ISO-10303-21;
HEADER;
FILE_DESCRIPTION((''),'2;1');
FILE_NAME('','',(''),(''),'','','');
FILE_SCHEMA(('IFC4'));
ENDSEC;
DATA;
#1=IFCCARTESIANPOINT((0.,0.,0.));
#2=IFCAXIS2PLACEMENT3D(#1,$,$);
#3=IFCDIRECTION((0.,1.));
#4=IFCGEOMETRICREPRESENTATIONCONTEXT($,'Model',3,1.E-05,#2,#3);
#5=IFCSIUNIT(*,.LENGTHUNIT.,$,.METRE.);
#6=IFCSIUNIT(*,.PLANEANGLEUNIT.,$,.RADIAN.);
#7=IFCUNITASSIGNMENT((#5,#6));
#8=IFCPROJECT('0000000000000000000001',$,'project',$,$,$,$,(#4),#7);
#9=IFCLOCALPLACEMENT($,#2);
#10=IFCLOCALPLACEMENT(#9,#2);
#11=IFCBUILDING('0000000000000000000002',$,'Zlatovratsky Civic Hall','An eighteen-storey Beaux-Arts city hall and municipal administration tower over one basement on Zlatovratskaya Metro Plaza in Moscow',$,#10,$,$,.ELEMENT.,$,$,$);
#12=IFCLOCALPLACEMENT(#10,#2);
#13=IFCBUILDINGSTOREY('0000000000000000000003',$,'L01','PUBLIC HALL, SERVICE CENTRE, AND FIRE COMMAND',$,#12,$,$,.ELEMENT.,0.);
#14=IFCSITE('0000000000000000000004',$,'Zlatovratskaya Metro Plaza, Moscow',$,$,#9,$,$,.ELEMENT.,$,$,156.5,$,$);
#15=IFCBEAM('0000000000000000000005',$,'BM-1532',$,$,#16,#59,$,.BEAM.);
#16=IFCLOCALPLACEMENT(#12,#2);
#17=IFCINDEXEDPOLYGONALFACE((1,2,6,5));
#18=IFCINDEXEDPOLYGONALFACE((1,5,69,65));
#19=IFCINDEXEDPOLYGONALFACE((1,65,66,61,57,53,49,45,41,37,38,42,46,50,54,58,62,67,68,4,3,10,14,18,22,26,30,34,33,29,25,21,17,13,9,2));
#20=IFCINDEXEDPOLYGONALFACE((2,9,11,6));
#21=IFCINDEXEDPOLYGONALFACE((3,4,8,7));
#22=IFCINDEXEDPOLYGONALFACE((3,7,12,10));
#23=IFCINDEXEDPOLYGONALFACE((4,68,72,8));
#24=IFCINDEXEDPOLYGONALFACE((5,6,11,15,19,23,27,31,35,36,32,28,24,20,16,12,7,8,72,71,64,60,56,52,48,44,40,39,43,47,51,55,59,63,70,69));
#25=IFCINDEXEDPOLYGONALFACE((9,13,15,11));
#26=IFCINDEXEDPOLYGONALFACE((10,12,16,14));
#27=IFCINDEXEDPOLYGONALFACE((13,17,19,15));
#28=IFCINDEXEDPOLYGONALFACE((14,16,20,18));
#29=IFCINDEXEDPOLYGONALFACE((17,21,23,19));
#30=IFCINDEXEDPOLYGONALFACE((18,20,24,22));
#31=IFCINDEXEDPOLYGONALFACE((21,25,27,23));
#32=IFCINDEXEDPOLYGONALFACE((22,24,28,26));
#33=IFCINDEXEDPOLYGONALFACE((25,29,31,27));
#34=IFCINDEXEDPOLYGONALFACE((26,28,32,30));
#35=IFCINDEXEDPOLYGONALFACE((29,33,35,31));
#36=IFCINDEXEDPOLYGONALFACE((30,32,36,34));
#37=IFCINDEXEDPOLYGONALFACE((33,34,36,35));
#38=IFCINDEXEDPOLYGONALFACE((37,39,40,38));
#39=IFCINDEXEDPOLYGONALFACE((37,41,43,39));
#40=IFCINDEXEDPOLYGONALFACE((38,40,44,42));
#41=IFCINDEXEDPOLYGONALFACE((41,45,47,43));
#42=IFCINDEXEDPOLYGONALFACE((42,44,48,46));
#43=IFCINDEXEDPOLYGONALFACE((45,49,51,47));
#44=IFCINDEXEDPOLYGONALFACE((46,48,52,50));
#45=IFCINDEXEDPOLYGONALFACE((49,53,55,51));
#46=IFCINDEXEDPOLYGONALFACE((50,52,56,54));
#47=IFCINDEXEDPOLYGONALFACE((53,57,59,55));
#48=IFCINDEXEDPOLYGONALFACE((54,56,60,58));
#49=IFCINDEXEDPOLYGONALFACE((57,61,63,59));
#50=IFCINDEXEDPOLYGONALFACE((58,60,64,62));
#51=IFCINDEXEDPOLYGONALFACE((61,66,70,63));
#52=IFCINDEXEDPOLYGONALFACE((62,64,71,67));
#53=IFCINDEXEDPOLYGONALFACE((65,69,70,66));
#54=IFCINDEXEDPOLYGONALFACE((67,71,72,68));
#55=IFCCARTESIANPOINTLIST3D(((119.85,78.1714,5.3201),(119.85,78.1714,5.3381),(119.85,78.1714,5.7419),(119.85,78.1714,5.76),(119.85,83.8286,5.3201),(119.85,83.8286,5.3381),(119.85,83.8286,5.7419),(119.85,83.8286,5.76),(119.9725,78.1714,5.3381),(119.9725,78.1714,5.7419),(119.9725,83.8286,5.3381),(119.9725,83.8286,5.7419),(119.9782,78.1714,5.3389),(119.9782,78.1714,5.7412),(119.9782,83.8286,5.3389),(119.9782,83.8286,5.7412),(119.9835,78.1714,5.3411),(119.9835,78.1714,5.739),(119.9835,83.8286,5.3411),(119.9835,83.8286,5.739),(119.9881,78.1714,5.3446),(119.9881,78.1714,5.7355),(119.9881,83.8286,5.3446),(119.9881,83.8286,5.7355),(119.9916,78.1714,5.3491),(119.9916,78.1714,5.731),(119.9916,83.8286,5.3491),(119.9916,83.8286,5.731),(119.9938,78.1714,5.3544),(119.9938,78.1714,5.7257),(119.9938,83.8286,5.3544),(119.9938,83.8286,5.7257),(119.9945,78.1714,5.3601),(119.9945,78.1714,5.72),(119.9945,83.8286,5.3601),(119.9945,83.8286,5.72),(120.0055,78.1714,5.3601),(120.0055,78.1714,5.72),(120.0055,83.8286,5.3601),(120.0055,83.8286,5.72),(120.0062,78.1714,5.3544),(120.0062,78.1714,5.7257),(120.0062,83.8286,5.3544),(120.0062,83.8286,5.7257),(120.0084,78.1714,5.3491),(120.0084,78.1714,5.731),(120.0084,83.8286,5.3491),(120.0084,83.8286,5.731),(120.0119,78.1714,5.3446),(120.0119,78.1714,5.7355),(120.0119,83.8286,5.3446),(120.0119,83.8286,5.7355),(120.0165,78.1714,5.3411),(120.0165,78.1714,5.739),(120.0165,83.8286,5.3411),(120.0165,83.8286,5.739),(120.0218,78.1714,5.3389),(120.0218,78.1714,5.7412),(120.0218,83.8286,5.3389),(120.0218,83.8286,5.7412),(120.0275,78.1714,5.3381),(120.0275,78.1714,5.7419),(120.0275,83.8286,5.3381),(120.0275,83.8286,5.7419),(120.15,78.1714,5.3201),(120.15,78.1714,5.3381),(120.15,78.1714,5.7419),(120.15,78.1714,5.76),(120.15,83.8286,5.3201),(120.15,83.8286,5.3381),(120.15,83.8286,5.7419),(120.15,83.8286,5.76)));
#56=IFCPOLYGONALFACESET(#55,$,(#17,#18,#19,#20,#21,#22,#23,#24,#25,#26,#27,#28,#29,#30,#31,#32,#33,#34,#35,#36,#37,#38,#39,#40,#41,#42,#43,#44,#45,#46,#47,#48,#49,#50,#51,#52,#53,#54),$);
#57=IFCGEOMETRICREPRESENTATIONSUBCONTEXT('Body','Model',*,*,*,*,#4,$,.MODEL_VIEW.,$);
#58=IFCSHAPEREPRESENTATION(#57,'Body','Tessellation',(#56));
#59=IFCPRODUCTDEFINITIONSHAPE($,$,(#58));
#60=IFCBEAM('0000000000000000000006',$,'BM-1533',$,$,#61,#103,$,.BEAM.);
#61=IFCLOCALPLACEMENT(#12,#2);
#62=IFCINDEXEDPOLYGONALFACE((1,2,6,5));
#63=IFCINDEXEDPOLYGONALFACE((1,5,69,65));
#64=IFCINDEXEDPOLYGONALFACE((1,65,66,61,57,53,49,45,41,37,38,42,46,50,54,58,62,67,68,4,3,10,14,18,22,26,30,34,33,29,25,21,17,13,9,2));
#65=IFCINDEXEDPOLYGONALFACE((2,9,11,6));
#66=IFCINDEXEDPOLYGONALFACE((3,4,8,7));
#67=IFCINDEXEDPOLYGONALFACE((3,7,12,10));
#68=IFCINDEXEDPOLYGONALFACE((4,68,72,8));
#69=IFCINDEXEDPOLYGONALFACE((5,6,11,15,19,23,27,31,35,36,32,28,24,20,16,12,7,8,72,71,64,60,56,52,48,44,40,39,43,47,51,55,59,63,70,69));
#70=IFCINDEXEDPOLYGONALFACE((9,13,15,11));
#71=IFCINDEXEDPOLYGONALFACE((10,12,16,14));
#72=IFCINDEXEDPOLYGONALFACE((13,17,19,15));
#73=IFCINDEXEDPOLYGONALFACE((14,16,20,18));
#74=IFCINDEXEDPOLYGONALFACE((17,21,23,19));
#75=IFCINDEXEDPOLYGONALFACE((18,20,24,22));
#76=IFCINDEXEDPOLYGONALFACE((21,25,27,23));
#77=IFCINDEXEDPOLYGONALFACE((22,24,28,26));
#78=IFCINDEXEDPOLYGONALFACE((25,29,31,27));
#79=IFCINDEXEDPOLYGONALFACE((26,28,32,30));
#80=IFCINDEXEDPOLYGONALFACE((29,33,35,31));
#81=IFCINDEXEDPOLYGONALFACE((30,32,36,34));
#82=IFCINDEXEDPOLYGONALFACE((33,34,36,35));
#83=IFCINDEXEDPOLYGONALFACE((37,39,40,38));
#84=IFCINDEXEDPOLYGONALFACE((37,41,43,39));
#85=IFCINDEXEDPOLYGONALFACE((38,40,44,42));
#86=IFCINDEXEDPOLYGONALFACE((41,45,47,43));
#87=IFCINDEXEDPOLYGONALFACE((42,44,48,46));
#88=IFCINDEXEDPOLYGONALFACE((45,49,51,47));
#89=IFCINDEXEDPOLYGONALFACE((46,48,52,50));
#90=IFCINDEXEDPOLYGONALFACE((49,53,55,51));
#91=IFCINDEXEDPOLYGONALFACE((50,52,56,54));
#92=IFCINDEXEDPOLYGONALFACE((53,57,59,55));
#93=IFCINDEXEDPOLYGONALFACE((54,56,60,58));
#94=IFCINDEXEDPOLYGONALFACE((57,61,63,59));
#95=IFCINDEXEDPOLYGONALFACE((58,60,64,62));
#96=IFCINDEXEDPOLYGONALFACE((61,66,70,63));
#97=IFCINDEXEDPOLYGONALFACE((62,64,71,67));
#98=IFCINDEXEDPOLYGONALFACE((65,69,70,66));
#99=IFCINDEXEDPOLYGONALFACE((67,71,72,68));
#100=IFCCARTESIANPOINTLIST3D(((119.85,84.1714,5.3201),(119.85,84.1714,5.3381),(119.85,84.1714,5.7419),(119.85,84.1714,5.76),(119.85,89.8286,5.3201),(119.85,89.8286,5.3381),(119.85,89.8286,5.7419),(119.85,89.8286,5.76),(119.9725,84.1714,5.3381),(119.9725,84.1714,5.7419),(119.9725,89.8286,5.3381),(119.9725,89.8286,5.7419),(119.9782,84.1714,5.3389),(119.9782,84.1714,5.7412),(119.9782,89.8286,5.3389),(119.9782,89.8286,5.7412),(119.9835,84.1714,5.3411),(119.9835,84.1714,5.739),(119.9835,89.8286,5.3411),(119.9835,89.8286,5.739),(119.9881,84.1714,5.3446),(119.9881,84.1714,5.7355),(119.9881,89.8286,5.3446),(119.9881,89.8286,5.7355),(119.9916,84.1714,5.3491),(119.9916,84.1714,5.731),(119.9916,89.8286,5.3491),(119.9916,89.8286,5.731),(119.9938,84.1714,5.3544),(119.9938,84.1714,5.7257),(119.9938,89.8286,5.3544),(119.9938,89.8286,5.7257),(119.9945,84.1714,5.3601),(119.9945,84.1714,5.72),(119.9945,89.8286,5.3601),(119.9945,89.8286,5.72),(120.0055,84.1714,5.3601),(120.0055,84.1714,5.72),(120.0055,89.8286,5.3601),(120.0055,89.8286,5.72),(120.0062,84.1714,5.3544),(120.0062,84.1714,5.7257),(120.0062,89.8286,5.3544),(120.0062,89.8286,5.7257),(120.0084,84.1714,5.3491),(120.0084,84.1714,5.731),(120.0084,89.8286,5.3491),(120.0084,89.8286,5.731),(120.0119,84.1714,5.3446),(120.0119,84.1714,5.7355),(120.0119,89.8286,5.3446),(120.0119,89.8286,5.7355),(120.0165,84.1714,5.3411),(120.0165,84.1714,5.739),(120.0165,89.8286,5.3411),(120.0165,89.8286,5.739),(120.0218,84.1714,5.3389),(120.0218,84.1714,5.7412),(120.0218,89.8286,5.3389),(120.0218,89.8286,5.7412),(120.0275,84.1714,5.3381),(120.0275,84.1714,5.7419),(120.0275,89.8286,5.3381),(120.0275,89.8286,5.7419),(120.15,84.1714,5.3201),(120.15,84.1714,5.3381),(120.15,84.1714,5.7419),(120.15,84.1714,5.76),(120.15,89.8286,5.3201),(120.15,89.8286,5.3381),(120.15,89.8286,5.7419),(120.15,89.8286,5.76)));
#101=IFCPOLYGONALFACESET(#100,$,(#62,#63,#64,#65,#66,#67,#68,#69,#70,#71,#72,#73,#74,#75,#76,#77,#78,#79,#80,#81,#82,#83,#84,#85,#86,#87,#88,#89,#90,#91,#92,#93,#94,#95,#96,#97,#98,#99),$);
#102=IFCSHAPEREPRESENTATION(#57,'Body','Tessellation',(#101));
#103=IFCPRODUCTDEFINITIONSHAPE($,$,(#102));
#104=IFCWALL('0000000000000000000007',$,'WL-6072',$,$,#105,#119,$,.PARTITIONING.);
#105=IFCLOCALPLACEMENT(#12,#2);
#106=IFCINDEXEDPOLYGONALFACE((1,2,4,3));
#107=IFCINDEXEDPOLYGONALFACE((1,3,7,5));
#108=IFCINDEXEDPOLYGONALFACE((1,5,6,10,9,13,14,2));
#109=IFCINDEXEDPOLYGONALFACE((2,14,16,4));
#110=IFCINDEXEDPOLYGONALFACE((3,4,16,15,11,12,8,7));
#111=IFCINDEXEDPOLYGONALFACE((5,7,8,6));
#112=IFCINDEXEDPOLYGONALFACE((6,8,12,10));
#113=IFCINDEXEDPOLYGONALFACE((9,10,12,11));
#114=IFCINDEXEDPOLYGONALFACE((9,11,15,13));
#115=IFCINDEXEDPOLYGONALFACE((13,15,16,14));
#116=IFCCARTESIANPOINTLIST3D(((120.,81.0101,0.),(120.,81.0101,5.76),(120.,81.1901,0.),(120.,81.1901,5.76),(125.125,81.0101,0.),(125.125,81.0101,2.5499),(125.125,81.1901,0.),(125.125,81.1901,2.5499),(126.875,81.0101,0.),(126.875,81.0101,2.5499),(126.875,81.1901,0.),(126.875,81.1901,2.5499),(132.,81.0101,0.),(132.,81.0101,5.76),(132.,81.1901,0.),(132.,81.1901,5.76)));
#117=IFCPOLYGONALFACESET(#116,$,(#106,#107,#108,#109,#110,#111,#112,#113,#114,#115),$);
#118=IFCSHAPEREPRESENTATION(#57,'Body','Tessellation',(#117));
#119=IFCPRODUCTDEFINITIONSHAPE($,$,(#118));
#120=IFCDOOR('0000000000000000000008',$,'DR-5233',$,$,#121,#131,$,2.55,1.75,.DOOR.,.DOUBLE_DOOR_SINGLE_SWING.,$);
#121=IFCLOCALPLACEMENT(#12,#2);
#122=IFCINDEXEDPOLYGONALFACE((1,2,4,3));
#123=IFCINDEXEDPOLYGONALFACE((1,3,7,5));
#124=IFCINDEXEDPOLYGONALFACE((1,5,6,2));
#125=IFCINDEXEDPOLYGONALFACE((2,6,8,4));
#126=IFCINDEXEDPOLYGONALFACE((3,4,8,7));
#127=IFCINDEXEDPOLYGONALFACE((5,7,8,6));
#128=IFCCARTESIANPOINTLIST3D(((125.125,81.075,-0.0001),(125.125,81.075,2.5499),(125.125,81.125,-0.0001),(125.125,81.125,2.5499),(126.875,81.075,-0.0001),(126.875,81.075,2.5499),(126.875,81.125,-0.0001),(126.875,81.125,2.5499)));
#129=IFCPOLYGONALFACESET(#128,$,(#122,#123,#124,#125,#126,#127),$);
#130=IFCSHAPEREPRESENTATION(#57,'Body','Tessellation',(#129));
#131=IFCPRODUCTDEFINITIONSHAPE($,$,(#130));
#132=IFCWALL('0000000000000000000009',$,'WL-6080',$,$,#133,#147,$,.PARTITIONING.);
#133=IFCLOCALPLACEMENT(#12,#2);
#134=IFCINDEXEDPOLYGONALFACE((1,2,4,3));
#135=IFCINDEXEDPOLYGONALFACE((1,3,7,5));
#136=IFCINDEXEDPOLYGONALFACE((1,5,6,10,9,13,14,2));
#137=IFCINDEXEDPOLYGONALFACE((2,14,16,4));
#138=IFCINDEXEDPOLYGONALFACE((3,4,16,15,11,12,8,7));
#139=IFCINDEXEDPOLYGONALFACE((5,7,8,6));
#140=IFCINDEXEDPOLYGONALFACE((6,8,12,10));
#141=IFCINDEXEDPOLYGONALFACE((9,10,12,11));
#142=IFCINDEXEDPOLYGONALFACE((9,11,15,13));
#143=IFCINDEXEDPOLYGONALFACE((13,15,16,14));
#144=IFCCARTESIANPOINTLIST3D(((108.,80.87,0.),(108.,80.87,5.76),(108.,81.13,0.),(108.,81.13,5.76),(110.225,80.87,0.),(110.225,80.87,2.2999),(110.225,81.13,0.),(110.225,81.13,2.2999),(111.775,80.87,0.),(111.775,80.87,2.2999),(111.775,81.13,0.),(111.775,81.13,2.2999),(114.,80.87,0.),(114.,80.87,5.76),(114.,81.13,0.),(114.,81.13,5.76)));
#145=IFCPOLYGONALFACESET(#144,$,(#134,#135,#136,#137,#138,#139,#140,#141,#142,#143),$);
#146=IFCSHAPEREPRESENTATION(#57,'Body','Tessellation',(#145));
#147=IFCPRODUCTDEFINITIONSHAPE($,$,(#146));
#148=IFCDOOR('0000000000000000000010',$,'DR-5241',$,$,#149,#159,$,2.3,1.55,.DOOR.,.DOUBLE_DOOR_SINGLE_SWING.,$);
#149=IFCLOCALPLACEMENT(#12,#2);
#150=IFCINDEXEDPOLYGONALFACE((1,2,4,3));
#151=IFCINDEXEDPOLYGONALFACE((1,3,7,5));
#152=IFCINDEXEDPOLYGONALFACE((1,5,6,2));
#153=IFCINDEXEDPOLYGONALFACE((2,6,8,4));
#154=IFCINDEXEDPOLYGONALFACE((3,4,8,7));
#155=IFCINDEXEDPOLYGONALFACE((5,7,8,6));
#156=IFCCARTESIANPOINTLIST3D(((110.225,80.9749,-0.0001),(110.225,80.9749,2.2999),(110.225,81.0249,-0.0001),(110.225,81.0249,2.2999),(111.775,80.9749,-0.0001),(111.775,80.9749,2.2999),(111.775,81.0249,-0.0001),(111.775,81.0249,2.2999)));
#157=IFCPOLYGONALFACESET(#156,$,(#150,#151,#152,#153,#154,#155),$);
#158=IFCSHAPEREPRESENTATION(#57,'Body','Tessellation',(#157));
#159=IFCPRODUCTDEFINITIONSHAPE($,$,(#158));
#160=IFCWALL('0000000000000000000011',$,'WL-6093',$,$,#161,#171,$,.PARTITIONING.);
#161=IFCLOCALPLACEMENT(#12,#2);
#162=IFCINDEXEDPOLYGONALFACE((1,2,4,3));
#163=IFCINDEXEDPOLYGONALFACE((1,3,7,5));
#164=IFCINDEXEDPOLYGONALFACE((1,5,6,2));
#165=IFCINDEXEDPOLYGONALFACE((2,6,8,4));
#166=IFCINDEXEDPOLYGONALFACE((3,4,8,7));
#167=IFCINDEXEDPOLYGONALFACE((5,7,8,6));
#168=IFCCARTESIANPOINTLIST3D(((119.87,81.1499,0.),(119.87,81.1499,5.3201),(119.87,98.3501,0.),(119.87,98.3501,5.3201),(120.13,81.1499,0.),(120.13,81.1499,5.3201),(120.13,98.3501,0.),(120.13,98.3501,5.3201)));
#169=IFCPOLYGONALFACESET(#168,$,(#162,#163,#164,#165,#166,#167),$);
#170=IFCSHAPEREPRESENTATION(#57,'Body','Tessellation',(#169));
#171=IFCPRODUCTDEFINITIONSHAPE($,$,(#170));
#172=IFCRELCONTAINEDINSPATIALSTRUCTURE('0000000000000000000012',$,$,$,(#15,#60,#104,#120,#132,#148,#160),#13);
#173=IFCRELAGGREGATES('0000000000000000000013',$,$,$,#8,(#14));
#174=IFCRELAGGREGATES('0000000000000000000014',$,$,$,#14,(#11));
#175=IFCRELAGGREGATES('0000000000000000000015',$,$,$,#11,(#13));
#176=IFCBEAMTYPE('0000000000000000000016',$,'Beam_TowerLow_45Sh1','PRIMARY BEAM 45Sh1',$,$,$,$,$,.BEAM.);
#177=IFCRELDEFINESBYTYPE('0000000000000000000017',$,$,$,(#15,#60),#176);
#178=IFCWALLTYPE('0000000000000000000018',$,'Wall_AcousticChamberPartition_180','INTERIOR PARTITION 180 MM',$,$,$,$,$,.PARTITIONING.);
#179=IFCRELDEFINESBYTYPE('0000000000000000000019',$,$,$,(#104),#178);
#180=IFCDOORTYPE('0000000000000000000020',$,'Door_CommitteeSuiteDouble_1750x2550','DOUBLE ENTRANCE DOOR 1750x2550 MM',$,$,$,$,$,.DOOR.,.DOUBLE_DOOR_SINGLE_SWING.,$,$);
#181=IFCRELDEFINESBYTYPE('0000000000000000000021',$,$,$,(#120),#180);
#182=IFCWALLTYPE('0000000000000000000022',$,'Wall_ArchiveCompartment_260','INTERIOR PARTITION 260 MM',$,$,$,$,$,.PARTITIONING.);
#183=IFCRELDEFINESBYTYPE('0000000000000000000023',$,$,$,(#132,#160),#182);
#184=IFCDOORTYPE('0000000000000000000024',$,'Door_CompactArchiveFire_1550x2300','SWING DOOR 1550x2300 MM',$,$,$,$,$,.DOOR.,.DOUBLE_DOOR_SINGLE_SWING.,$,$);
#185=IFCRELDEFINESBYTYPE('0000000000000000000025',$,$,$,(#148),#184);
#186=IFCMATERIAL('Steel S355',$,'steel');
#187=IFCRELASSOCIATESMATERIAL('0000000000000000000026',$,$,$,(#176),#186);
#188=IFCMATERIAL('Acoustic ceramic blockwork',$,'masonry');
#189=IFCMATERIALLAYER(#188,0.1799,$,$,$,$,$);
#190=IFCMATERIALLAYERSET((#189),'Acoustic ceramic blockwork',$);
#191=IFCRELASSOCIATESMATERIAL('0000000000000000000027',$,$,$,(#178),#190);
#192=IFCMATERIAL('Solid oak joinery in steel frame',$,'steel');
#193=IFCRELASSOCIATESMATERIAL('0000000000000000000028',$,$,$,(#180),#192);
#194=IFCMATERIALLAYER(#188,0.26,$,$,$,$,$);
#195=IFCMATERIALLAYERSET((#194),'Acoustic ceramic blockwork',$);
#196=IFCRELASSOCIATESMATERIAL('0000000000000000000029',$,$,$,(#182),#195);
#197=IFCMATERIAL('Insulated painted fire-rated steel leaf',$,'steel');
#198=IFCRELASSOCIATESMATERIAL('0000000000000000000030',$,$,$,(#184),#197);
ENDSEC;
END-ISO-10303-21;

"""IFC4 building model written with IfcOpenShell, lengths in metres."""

from ifc_helpers import new_model, si_unit, direction, frame, frame_2d, origin, origin_2d, place, context, subcontext, project, spatial, rectangle, i_section, extrude, material, layer, layer_set, material_profile, profile_set, type_object, element, fill, save


model = new_model("IFC4")

# Units and contexts
model_context = context("Model", 3, precision=1e-05, world=origin(), true_north=direction((0.0, 1.0)))
body_context = subcontext(model_context, "Body", "Model", "MODEL_VIEW")
ifc_project = project(units=[si_unit("LENGTHUNIT", "METRE"), si_unit("PLANEANGLEUNIT", "RADIAN")], contexts=[model_context])

# Site, building, storey
site_placement = place(None, origin())
site = spatial("IfcSite", under=ifc_project, at=site_placement, Name="Zlatovratskaya Metro Plaza, Moscow", CompositionType="ELEMENT", RefElevation=156.5)
building_placement = place(site_placement, origin())
building = spatial("IfcBuilding", under=site, at=building_placement, Name="Zlatovratsky Civic Hall", Description="An eighteen-storey Beaux-Arts city hall and municipal administration tower over one basement on Zlatovratskaya Metro Plaza in Moscow", CompositionType="ELEMENT")
storey_placement = place(building_placement, origin())
storey = spatial("IfcBuildingStorey", under=building, at=storey_placement, Name="L01", Description="PUBLIC HALL, SERVICE CENTRE, AND FIRE COMMAND", CompositionType="ELEMENT", Elevation=0.0)

# Shared definitions
ifc_material_1 = material(Name="Steel S355", Category="steel")

# Beams
ifc_material_profile_1 = material_profile(ifc_material_1, i_section(OverallWidth=0.3, OverallDepth=0.4399, WebThickness=0.011, FlangeThickness=0.0181, FilletRadius=0.022, at=origin_2d()), Name="45Sh1")
ifc_profile_set_1 = profile_set([ifc_material_profile_1], Name="Steel S355")
beam_type = type_object("IfcBeamType", Name="Beam_TowerLow_45Sh1", Description="PRIMARY BEAM 45Sh1", PredefinedType="BEAM", material=ifc_profile_set_1)
for number, where, z_axis, x_axis, name in (
    (1, (120.0, 78.1714, 5.54), (0.0, 1.0, 0.0), (-1.0, 0.0, 0.0), "BM-1532"),
    (2, (120.0, 84.1714, 5.54), (0.0, 1.0, 0.0), (-1.0, 0.0, 0.0), "BM-1533"),
):
    element("IfcBeam", number, at=place(storey_placement, frame(where, z_axis=z_axis, x_axis=x_axis)), inside=storey, type_object=beam_type, Name=name, PredefinedType="BEAM", context=body_context, shape_type="SweptSolid", body=[
        extrude(i_section(OverallWidth=0.3, OverallDepth=0.4399, WebThickness=0.011, FlangeThickness=0.0181, FilletRadius=0.022, at=origin_2d()), origin(), (0.0, 0.0, 1.0), 5.6572),
    ])

# Walls, openings, doors
ifc_material_2 = material(Name="Acoustic ceramic blockwork", Category="masonry")
ifc_layer_1 = layer(ifc_material_2, 0.1799)
ifc_layer_set_1 = layer_set([ifc_layer_1], Name="Acoustic ceramic blockwork")
wall_type_1 = type_object("IfcWallType", Name="Wall_AcousticChamberPartition_180", Description="INTERIOR PARTITION 180 MM", PredefinedType="PARTITIONING", material=ifc_layer_set_1)
wall_1_placement = place(storey_placement, frame((120.0, 81.1001, 0.0), z_axis=(0.0, 0.0, 1.0), x_axis=(1.0, 0.0, 0.0)))
wall_1 = element("IfcWall", 3, at=wall_1_placement, inside=storey, type_object=wall_type_1, Name="WL-6072", PredefinedType="PARTITIONING", context=body_context, shape_type="SweptSolid", body=[
    extrude(rectangle(XDim=12.0, YDim=0.1799, at=frame_2d((6.0, 0.0))), origin(), (0.0, 0.0, 1.0), 5.76),
])
opening_1_placement = place(wall_1_placement, frame((5.125, 0.0, 0.0)))
opening_1 = element("IfcOpeningElement", 4, at=opening_1_placement, cuts=wall_1, PredefinedType="OPENING", context=body_context, shape_type="SweptSolid", body=[
    extrude(rectangle(XDim=1.75, YDim=2.55, at=frame_2d((0.875, 1.2749))), frame((0.0, 0.105, 0.0), z_axis=(0.0, -1.0, 0.0), x_axis=(1.0, 0.0, 0.0)), (0.0, 0.0, 1.0), 0.2097),
])
ifc_material_3 = material(Name="Solid oak joinery in steel frame", Category="steel")
door_type_1 = type_object("IfcDoorType", Name="Door_CommitteeSuiteDouble_1750x2550", Description="DOUBLE ENTRANCE DOOR 1750x2550 MM", OperationType="DOUBLE_DOOR_SINGLE_SWING", PredefinedType="DOOR", material=ifc_material_3)
door_1_placement = place(opening_1_placement, origin())
door_1 = element("IfcDoor", 5, at=door_1_placement, inside=storey, type_object=door_type_1, Name="DR-5233", OperationType="DOUBLE_DOOR_SINGLE_SWING", OverallHeight=2.55, OverallWidth=1.75, PredefinedType="DOOR", context=body_context, shape_type="SweptSolid", body=[
    extrude(rectangle(XDim=1.75, YDim=2.55, at=frame_2d((0.875, 1.2749))), frame((0.0, 0.0249, 0.0), z_axis=(0.0, -1.0, 0.0), x_axis=(1.0, 0.0, 0.0)), (0.0, 0.0, 1.0), 0.05),
])
fill(opening_1, door_1)
ifc_layer_2 = layer(ifc_material_2, 0.26)
ifc_layer_set_2 = layer_set([ifc_layer_2], Name="Acoustic ceramic blockwork")
wall_type_2 = type_object("IfcWallType", Name="Wall_ArchiveCompartment_260", Description="INTERIOR PARTITION 260 MM", PredefinedType="PARTITIONING", material=ifc_layer_set_2)
wall_2_placement = place(storey_placement, frame((108.0, 81.0, 0.0), z_axis=(0.0, 0.0, 1.0), x_axis=(1.0, 0.0, 0.0)))
wall_2 = element("IfcWall", 6, at=wall_2_placement, inside=storey, type_object=wall_type_2, Name="WL-6080", PredefinedType="PARTITIONING", context=body_context, shape_type="SweptSolid", body=[
    extrude(rectangle(XDim=6.0, YDim=0.26, at=frame_2d((3.0, 0.0))), origin(), (0.0, 0.0, 1.0), 5.76),
])
opening_2_placement = place(wall_2_placement, frame((2.2251, 0.0, 0.0)))
opening_2 = element("IfcOpeningElement", 7, at=opening_2_placement, cuts=wall_2, PredefinedType="OPENING", context=body_context, shape_type="SweptSolid", body=[
    extrude(rectangle(XDim=1.55, YDim=2.3, at=frame_2d((0.7749, 1.1499))), frame((0.0, 0.145, 0.0), z_axis=(0.0, -1.0, 0.0), x_axis=(1.0, 0.0, 0.0)), (0.0, 0.0, 1.0), 0.2898),
])
ifc_material_4 = material(Name="Insulated painted fire-rated steel leaf", Category="steel")
door_type_2 = type_object("IfcDoorType", Name="Door_CompactArchiveFire_1550x2300", Description="SWING DOOR 1550x2300 MM", OperationType="DOUBLE_DOOR_SINGLE_SWING", PredefinedType="DOOR", material=ifc_material_4)
door_2_placement = place(opening_2_placement, origin())
door_2 = element("IfcDoor", 8, at=door_2_placement, inside=storey, type_object=door_type_2, Name="DR-5241", OperationType="DOUBLE_DOOR_SINGLE_SWING", OverallHeight=2.3, OverallWidth=1.55, PredefinedType="DOOR", context=body_context, shape_type="SweptSolid", body=[
    extrude(rectangle(XDim=1.55, YDim=2.3, at=frame_2d((0.7749, 1.1499))), frame((0.0, 0.0249, 0.0), z_axis=(0.0, -1.0, 0.0), x_axis=(1.0, 0.0, 0.0)), (0.0, 0.0, 1.0), 0.05),
])
fill(opening_2, door_2)

# Wall
wall_3_placement = place(storey_placement, frame((120.0, 81.1499, 0.0), z_axis=(0.0, 0.0, 1.0), x_axis=(0.0, 1.0, 0.0)))
element("IfcWall", 9, at=wall_3_placement, inside=storey, type_object=wall_type_2, Name="WL-6093", PredefinedType="PARTITIONING", context=body_context, shape_type="SweptSolid", body=[
    extrude(rectangle(XDim=17.2002, YDim=0.26, at=frame_2d((8.6001, 0.0))), origin(), (0.0, 0.0, 1.0), 5.3201),
])

save(model, "model.ifc")
